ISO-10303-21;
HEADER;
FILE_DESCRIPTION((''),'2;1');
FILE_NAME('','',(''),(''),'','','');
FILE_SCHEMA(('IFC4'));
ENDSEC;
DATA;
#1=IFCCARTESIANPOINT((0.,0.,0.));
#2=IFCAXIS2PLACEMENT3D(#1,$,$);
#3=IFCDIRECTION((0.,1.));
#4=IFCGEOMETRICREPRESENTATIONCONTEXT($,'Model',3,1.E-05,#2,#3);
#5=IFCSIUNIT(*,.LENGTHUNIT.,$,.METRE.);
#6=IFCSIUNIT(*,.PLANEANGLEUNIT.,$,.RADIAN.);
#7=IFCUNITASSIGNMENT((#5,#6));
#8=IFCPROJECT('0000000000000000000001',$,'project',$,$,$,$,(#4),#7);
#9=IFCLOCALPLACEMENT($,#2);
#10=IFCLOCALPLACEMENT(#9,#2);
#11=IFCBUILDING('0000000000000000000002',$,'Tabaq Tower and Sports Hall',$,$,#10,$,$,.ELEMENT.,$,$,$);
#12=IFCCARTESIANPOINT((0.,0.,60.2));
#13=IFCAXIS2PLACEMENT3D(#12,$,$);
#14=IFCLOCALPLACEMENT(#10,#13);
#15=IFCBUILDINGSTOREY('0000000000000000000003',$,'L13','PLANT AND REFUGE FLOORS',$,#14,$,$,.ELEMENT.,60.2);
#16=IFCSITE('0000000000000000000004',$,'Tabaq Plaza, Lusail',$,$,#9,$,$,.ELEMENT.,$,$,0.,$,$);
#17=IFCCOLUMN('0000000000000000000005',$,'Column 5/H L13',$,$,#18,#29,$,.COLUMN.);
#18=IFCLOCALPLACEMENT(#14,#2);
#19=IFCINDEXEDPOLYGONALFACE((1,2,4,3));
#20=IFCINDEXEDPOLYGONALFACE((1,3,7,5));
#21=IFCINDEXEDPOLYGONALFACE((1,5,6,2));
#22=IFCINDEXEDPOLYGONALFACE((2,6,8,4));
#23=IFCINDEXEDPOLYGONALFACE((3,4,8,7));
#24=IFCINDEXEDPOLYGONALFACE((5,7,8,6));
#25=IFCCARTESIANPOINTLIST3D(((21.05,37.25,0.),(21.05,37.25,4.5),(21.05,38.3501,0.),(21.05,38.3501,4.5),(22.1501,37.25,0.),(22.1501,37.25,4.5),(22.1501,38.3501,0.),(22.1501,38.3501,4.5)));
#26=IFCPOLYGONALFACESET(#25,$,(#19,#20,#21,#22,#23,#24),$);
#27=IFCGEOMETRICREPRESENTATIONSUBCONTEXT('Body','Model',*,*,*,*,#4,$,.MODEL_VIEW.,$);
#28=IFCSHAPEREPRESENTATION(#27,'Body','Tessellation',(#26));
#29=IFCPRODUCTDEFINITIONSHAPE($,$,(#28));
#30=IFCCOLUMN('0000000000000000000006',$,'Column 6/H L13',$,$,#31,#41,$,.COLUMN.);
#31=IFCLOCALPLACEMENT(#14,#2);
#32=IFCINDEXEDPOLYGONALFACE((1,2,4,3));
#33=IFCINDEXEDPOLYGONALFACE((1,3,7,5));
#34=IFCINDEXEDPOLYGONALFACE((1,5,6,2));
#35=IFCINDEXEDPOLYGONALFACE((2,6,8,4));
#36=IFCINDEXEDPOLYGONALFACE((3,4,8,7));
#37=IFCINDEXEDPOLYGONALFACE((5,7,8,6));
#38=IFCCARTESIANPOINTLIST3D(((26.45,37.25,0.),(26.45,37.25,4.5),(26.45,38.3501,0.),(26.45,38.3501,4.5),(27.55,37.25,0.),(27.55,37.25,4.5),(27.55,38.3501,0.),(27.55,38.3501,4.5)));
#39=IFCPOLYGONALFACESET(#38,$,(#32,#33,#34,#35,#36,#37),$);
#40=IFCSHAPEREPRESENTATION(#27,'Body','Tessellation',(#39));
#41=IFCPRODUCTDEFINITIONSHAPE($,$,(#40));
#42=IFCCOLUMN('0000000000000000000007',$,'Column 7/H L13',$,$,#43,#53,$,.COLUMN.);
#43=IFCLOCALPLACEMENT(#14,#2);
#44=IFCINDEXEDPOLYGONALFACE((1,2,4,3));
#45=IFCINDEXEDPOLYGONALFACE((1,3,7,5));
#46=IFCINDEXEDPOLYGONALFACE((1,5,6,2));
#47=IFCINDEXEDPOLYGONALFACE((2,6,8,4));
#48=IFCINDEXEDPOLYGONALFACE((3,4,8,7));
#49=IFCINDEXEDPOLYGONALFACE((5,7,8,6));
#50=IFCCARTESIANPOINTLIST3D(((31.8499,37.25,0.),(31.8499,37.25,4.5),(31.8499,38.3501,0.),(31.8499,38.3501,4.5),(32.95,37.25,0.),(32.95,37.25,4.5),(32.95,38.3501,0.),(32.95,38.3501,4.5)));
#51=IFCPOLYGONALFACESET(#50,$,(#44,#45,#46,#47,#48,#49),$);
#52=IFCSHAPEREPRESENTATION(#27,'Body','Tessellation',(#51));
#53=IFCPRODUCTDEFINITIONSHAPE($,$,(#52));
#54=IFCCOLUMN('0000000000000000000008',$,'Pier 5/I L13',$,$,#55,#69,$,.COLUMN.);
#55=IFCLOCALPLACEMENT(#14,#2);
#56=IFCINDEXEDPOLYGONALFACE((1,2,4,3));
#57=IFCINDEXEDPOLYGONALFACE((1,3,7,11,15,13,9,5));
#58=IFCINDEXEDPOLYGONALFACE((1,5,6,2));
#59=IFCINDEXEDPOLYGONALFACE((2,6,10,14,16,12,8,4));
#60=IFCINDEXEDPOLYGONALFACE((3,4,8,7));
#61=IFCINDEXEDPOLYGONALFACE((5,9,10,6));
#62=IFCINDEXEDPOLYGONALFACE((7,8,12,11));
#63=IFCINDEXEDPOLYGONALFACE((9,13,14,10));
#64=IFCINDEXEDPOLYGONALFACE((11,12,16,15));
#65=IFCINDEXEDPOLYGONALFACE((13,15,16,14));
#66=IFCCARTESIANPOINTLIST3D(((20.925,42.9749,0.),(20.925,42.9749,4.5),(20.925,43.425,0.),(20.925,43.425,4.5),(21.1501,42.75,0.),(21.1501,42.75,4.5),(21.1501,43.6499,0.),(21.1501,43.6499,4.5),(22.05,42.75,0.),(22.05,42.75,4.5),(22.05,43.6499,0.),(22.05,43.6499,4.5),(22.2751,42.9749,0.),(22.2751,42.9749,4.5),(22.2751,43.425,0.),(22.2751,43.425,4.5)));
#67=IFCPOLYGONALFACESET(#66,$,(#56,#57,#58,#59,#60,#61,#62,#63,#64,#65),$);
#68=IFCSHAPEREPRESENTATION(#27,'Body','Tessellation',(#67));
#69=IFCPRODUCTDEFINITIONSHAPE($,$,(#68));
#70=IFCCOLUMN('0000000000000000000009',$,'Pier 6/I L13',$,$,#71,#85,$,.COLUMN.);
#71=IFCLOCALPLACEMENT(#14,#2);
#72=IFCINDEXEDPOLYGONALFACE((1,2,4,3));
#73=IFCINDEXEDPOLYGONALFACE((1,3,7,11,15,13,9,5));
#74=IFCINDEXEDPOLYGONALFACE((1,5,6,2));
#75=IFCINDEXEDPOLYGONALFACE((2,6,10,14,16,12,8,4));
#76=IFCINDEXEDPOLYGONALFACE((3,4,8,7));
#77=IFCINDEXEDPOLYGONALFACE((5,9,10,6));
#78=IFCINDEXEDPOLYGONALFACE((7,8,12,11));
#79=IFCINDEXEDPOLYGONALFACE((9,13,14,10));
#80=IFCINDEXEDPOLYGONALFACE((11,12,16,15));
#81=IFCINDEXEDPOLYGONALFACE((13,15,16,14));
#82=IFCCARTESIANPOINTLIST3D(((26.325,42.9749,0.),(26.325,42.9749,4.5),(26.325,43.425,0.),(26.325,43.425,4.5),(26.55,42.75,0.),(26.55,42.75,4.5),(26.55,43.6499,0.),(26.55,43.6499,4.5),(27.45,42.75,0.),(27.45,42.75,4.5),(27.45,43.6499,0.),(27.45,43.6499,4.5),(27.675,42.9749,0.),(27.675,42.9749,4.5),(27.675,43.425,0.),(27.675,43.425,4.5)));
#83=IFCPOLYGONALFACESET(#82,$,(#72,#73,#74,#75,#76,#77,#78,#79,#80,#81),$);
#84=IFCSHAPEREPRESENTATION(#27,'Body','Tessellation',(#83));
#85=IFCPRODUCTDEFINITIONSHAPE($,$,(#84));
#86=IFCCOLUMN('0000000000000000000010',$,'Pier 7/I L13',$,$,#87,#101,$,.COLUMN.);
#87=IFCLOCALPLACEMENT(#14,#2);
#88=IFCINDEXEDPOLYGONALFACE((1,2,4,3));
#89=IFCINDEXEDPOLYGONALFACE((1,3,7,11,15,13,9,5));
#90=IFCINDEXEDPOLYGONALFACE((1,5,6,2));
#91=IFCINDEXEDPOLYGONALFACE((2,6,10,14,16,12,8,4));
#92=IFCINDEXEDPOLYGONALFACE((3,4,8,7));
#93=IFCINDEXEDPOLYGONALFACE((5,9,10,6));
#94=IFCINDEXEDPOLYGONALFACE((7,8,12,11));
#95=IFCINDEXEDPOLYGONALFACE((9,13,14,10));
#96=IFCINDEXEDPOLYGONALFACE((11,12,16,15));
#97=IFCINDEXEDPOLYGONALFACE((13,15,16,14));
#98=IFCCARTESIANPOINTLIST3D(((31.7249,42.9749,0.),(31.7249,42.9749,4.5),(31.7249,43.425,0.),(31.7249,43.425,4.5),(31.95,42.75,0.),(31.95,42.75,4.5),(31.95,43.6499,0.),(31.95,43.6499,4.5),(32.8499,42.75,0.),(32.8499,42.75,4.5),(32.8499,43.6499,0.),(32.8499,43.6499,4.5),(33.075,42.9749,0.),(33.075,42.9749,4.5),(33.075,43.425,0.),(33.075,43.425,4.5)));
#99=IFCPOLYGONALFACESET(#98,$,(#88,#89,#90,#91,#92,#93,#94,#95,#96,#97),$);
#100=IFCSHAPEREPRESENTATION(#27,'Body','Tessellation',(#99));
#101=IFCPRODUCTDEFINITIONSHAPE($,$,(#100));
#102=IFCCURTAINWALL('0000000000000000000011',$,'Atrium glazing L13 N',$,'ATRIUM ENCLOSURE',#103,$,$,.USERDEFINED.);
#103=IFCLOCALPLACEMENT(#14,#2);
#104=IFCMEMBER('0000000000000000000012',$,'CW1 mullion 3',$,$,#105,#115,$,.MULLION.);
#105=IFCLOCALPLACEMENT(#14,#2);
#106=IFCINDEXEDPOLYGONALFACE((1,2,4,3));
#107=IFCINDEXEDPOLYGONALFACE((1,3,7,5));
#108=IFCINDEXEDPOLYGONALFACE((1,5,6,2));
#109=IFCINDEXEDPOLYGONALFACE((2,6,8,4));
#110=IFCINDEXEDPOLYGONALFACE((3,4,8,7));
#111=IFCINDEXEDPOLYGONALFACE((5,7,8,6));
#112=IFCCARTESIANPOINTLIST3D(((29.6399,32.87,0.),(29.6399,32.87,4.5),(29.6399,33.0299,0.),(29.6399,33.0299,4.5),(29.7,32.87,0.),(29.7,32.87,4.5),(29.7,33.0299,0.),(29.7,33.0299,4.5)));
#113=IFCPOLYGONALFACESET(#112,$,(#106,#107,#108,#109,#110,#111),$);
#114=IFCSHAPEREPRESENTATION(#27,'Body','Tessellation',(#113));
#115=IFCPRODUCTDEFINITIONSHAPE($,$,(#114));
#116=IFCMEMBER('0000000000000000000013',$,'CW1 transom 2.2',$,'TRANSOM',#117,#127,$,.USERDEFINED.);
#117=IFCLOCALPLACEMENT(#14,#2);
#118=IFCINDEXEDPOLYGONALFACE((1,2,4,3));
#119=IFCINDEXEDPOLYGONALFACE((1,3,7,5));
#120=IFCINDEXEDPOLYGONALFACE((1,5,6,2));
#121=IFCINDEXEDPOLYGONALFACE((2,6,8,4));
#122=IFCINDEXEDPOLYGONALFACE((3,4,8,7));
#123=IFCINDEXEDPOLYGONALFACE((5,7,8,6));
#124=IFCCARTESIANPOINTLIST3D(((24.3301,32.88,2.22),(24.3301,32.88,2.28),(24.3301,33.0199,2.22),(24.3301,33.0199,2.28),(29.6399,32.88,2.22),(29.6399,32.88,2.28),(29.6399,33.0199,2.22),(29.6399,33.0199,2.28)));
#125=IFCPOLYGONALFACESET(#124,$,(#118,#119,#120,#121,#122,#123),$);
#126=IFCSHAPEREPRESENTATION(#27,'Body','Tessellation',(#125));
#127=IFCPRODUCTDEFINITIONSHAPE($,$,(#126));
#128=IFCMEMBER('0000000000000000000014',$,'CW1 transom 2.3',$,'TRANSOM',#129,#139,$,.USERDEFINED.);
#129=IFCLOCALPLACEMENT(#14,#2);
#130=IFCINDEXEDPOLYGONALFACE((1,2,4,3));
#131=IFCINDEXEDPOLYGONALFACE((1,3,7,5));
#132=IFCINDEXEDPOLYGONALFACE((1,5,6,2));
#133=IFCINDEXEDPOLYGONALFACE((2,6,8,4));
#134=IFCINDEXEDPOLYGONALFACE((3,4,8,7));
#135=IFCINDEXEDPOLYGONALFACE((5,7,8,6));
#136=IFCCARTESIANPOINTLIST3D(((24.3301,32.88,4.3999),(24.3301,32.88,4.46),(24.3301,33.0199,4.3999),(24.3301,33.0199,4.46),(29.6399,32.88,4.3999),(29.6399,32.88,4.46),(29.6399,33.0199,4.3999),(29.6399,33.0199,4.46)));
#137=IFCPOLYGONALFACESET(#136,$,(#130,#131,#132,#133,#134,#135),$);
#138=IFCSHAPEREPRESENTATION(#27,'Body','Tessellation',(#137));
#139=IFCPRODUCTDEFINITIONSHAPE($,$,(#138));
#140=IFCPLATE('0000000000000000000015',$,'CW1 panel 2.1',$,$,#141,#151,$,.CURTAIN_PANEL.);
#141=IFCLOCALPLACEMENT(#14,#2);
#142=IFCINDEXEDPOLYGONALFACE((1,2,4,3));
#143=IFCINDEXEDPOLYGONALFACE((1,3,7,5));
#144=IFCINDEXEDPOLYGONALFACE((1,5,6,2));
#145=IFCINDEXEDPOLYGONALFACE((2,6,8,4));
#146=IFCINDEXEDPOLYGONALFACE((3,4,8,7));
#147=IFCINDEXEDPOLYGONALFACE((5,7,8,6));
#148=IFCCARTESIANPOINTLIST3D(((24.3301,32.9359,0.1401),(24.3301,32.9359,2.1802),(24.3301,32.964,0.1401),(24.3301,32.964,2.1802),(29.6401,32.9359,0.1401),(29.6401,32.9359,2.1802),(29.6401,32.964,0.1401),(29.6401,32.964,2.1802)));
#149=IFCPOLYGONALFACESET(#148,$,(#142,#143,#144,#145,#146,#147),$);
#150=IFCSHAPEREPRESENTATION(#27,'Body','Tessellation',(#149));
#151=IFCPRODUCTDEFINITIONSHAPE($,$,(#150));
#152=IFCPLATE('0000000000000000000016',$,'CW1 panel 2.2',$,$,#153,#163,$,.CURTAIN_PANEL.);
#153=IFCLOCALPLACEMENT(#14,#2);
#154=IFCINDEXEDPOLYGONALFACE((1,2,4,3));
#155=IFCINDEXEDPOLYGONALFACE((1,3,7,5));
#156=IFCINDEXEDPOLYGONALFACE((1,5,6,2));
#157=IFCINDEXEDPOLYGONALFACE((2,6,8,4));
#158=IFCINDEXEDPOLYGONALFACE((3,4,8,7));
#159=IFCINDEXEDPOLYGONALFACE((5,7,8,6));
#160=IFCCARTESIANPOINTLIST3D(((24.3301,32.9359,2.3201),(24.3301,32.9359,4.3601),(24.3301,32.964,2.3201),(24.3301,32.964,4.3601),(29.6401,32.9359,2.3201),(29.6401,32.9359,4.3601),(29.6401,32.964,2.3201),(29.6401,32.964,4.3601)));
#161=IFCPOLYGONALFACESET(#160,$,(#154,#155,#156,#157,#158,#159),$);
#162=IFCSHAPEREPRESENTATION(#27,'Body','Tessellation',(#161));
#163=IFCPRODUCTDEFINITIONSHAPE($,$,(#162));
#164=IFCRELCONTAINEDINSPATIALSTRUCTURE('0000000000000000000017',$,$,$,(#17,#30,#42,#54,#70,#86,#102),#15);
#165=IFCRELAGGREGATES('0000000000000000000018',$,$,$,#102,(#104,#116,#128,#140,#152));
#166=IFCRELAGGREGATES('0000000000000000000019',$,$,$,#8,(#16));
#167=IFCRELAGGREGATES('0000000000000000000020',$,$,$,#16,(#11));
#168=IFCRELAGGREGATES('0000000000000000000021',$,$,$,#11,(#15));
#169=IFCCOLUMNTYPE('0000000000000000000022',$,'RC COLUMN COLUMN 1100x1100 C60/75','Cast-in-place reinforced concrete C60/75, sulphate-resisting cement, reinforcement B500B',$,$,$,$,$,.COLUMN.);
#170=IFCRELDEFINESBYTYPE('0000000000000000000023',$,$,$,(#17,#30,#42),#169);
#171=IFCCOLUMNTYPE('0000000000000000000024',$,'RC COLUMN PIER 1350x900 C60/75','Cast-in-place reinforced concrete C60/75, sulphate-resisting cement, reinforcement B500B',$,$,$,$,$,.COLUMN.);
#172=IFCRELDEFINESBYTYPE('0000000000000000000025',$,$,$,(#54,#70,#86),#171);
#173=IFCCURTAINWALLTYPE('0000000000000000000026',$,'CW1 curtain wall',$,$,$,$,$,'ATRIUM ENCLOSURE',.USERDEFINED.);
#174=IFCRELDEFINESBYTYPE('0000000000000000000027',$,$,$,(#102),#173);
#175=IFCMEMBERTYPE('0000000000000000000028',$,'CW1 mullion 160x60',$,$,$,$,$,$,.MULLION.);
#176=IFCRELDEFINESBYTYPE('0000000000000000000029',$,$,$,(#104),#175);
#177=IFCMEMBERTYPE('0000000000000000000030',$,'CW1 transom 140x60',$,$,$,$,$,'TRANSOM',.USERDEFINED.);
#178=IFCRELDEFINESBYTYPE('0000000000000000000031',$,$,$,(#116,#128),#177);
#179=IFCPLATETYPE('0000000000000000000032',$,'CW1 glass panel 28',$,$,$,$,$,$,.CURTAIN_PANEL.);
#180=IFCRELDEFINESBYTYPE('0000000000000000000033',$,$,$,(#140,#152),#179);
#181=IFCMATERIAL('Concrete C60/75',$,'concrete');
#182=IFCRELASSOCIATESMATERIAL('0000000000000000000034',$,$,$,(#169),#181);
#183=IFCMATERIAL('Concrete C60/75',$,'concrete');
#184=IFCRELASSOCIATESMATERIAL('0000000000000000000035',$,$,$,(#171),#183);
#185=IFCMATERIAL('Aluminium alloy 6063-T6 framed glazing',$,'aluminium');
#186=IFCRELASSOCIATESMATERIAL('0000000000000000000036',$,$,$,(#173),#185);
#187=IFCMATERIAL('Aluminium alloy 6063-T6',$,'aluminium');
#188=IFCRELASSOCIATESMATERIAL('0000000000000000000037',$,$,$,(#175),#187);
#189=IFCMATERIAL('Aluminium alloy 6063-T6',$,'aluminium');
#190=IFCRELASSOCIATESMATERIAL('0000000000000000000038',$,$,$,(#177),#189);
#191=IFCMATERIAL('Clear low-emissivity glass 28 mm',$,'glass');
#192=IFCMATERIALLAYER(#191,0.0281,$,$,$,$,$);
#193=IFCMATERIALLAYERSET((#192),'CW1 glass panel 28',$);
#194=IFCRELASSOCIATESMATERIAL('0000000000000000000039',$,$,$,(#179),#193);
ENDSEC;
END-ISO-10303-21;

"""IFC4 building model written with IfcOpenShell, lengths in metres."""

from ifc_helpers import new_model, si_unit, direction, frame, origin, origin_2d, place, context, subcontext, project, spatial, polyline, rectangle, outline, extrude, material, layer, layer_set, material_profile, profile_set, type_object, element, aggregate, save


model = new_model("IFC4")

# Units and contexts
model_context = context("Model", 3, precision=1e-05, world=origin(), true_north=direction((0.0, 1.0)))
body_context = subcontext(model_context, "Body", "Model", "MODEL_VIEW")
ifc_project = project(units=[si_unit("LENGTHUNIT", "METRE"), si_unit("PLANEANGLEUNIT", "RADIAN")], contexts=[model_context])

# Site, building, storey
site_placement = place(None, origin())
site = spatial("IfcSite", under=ifc_project, at=site_placement, Name="Tabaq Plaza, Lusail", CompositionType="ELEMENT", RefElevation=0.0)
building_placement = place(site_placement, origin())
building = spatial("IfcBuilding", under=site, at=building_placement, Name="Tabaq Tower and Sports Hall", CompositionType="ELEMENT")
storey_placement = place(building_placement, frame((0.0, 0.0, 60.2)))
storey = spatial("IfcBuildingStorey", under=building, at=storey_placement, Name="L13", Description="PLANT AND REFUGE FLOORS", CompositionType="ELEMENT", Elevation=60.2)

# Columns
ifc_material_1 = material(Name="Concrete C60/75", Category="concrete")
ifc_material_profile_1 = material_profile(ifc_material_1, rectangle(XDim=1.1001, YDim=1.1001, at=origin_2d()), Name="COLUMN 1100x1100")
ifc_profile_set_1 = profile_set([ifc_material_profile_1], Name="Concrete C60/75")
column_type_1 = type_object("IfcColumnType", Name="RC COLUMN COLUMN 1100x1100 C60/75", Description="Cast-in-place reinforced concrete C60/75, sulphate-resisting cement, reinforcement B500B", PredefinedType="COLUMN", material=ifc_profile_set_1)
for number, where, z_axis, x_axis, name in (
    (1, (21.6001, 37.8, 0.0), (0.0, 0.0, 1.0), (1.0, 0.0, 0.0), "Column 5/H L13"),
    (2, (27.0, 37.8, 0.0), (0.0, 0.0, 1.0), (1.0, 0.0, 0.0), "Column 6/H L13"),
    (3, (32.3999, 37.8, 0.0), (0.0, 0.0, 1.0), (1.0, 0.0, 0.0), "Column 7/H L13"),
):
    element("IfcColumn", number, at=place(storey_placement, frame(where, z_axis=z_axis, x_axis=x_axis)), inside=storey, type_object=column_type_1, Name=name, PredefinedType="COLUMN", context=body_context, shape_type="SweptSolid", body=[
        extrude(rectangle(XDim=1.1001, YDim=1.1001, at=origin_2d()), origin(), (0.0, 0.0, 1.0), 4.5),
    ])
ifc_material_2 = material(Name="Concrete C60/75", Category="concrete")
ifc_material_profile_2 = material_profile(ifc_material_2, outline(polyline([(-0.45, -0.45), (0.45, -0.45), (0.675, -0.2251), (0.675, 0.2251), (0.45, 0.45), (-0.45, 0.45), (-0.675, 0.2251), (-0.675, -0.2251), (-0.45, -0.45)])), Name="PIER 1350x900")
ifc_profile_set_2 = profile_set([ifc_material_profile_2], Name="Concrete C60/75")
column_type_2 = type_object("IfcColumnType", Name="RC COLUMN PIER 1350x900 C60/75", Description="Cast-in-place reinforced concrete C60/75, sulphate-resisting cement, reinforcement B500B", PredefinedType="COLUMN", material=ifc_profile_set_2)
for number, where, z_axis, x_axis, name in (
    (4, (21.6001, 43.2, 0.0), (0.0, 0.0, 1.0), (1.0, 0.0, 0.0), "Pier 5/I L13"),
    (5, (27.0, 43.2, 0.0), (0.0, 0.0, 1.0), (1.0, 0.0, 0.0), "Pier 6/I L13"),
    (6, (32.3999, 43.2, 0.0), (0.0, 0.0, 1.0), (1.0, 0.0, 0.0), "Pier 7/I L13"),
):
    element("IfcColumn", number, at=place(storey_placement, frame(where, z_axis=z_axis, x_axis=x_axis)), inside=storey, type_object=column_type_2, Name=name, PredefinedType="COLUMN", context=body_context, shape_type="SweptSolid", body=[
        extrude(outline(polyline([(-0.45, -0.45), (0.45, -0.45), (0.675, -0.2251), (0.675, 0.2251), (0.45, 0.45), (-0.45, 0.45), (-0.675, 0.2251), (-0.675, -0.2251), (-0.45, -0.45)])), origin(), (0.0, 0.0, 1.0), 4.5),
    ])

# Curtain wall, members, plates
ifc_material_3 = material(Name="Aluminium alloy 6063-T6 framed glazing", Category="aluminium")
curtain_wall_type = type_object("IfcCurtainWallType", Name="CW1 curtain wall", ElementType="ATRIUM ENCLOSURE", PredefinedType="USERDEFINED", material=ifc_material_3)
curtain_wall_placement = place(storey_placement, origin())
curtain_wall = element("IfcCurtainWall", 7, at=curtain_wall_placement, inside=storey, type_object=curtain_wall_type, Name="Atrium glazing L13 N", ObjectType="ATRIUM ENCLOSURE", PredefinedType="USERDEFINED")
ifc_material_4 = material(Name="Aluminium alloy 6063-T6", Category="aluminium")
ifc_material_profile_3 = material_profile(ifc_material_4, rectangle(XDim=0.1599, YDim=0.0601, at=origin_2d()), Name="MULLION 160x60")
ifc_profile_set_3 = profile_set([ifc_material_profile_3], Name="Aluminium alloy 6063-T6")
member_type_1 = type_object("IfcMemberType", Name="CW1 mullion 160x60", PredefinedType="MULLION", material=ifc_profile_set_3)
member_1_placement = place(storey_placement, frame((29.6699, 32.95, 0.0), z_axis=(0.0, 0.0, 1.0), x_axis=(0.0, 1.0, 0.0)))
member_1 = element("IfcMember", 8, at=member_1_placement, type_object=member_type_1, Name="CW1 mullion 3", PredefinedType="MULLION", context=body_context, shape_type="SweptSolid", body=[
    extrude(rectangle(XDim=0.1599, YDim=0.0601, at=origin_2d()), origin(), (0.0, 0.0, 1.0), 4.5),
])
ifc_material_5 = material(Name="Aluminium alloy 6063-T6", Category="aluminium")
ifc_material_profile_4 = material_profile(ifc_material_5, rectangle(XDim=0.1399, YDim=0.0601, at=origin_2d()), Name="TRANSOM 140x60")
ifc_profile_set_4 = profile_set([ifc_material_profile_4], Name="Aluminium alloy 6063-T6")
member_type_2 = type_object("IfcMemberType", Name="CW1 transom 140x60", ElementType="TRANSOM", PredefinedType="USERDEFINED", material=ifc_profile_set_4)
member_2_placement = place(storey_placement, frame((24.3301, 32.95, 2.25), z_axis=(1.0, 0.0, 0.0), x_axis=(0.0, 1.0, 0.0)))
member_2 = element("IfcMember", 9, at=member_2_placement, type_object=member_type_2, Name="CW1 transom 2.2", ObjectType="TRANSOM", PredefinedType="USERDEFINED", context=body_context, shape_type="SweptSolid", body=[
    extrude(rectangle(XDim=0.1399, YDim=0.0601, at=origin_2d()), origin(), (0.0, 0.0, 1.0), 5.3098),
])
member_3_placement = place(storey_placement, frame((24.3301, 32.95, 4.4299), z_axis=(1.0, 0.0, 0.0), x_axis=(0.0, 1.0, 0.0)))
member_3 = element("IfcMember", 10, at=member_3_placement, type_object=member_type_2, Name="CW1 transom 2.3", ObjectType="TRANSOM", PredefinedType="USERDEFINED", context=body_context, shape_type="SweptSolid", body=[
    extrude(rectangle(XDim=0.1399, YDim=0.0601, at=origin_2d()), origin(), (0.0, 0.0, 1.0), 5.3098),
])
ifc_material_6 = material(Name="Clear low-emissivity glass 28 mm", Category="glass")
ifc_layer_1 = layer(ifc_material_6, 0.0281)
ifc_layer_set_1 = layer_set([ifc_layer_1], Name="CW1 glass panel 28")
plate_type_1 = type_object("IfcPlateType", Name="CW1 glass panel 28", PredefinedType="CURTAIN_PANEL", material=ifc_layer_set_1)
plate_1_placement = place(storey_placement, frame((26.9851, 32.95, 0.1401), z_axis=(0.0, 0.0, 1.0), x_axis=(1.0, 0.0, 0.0)))
plate_1 = element("IfcPlate", 11, at=plate_1_placement, type_object=plate_type_1, Name="CW1 panel 2.1", PredefinedType="CURTAIN_PANEL", context=body_context, shape_type="SweptSolid", body=[
    extrude(rectangle(XDim=5.3101, YDim=0.0281, at=origin_2d()), origin(), (0.0, 0.0, 1.0), 2.04),
])
plate_2_placement = place(storey_placement, frame((26.9851, 32.95, 2.3201), z_axis=(0.0, 0.0, 1.0), x_axis=(1.0, 0.0, 0.0)))
plate_2 = element("IfcPlate", 12, at=plate_2_placement, type_object=plate_type_1, Name="CW1 panel 2.2", PredefinedType="CURTAIN_PANEL", context=body_context, shape_type="SweptSolid", body=[
    extrude(rectangle(XDim=5.3101, YDim=0.0281, at=origin_2d()), origin(), (0.0, 0.0, 1.0), 2.04),
])
aggregate(curtain_wall, [member_1, member_2, member_3, plate_1, plate_2])

save(model, "model.ifc")
